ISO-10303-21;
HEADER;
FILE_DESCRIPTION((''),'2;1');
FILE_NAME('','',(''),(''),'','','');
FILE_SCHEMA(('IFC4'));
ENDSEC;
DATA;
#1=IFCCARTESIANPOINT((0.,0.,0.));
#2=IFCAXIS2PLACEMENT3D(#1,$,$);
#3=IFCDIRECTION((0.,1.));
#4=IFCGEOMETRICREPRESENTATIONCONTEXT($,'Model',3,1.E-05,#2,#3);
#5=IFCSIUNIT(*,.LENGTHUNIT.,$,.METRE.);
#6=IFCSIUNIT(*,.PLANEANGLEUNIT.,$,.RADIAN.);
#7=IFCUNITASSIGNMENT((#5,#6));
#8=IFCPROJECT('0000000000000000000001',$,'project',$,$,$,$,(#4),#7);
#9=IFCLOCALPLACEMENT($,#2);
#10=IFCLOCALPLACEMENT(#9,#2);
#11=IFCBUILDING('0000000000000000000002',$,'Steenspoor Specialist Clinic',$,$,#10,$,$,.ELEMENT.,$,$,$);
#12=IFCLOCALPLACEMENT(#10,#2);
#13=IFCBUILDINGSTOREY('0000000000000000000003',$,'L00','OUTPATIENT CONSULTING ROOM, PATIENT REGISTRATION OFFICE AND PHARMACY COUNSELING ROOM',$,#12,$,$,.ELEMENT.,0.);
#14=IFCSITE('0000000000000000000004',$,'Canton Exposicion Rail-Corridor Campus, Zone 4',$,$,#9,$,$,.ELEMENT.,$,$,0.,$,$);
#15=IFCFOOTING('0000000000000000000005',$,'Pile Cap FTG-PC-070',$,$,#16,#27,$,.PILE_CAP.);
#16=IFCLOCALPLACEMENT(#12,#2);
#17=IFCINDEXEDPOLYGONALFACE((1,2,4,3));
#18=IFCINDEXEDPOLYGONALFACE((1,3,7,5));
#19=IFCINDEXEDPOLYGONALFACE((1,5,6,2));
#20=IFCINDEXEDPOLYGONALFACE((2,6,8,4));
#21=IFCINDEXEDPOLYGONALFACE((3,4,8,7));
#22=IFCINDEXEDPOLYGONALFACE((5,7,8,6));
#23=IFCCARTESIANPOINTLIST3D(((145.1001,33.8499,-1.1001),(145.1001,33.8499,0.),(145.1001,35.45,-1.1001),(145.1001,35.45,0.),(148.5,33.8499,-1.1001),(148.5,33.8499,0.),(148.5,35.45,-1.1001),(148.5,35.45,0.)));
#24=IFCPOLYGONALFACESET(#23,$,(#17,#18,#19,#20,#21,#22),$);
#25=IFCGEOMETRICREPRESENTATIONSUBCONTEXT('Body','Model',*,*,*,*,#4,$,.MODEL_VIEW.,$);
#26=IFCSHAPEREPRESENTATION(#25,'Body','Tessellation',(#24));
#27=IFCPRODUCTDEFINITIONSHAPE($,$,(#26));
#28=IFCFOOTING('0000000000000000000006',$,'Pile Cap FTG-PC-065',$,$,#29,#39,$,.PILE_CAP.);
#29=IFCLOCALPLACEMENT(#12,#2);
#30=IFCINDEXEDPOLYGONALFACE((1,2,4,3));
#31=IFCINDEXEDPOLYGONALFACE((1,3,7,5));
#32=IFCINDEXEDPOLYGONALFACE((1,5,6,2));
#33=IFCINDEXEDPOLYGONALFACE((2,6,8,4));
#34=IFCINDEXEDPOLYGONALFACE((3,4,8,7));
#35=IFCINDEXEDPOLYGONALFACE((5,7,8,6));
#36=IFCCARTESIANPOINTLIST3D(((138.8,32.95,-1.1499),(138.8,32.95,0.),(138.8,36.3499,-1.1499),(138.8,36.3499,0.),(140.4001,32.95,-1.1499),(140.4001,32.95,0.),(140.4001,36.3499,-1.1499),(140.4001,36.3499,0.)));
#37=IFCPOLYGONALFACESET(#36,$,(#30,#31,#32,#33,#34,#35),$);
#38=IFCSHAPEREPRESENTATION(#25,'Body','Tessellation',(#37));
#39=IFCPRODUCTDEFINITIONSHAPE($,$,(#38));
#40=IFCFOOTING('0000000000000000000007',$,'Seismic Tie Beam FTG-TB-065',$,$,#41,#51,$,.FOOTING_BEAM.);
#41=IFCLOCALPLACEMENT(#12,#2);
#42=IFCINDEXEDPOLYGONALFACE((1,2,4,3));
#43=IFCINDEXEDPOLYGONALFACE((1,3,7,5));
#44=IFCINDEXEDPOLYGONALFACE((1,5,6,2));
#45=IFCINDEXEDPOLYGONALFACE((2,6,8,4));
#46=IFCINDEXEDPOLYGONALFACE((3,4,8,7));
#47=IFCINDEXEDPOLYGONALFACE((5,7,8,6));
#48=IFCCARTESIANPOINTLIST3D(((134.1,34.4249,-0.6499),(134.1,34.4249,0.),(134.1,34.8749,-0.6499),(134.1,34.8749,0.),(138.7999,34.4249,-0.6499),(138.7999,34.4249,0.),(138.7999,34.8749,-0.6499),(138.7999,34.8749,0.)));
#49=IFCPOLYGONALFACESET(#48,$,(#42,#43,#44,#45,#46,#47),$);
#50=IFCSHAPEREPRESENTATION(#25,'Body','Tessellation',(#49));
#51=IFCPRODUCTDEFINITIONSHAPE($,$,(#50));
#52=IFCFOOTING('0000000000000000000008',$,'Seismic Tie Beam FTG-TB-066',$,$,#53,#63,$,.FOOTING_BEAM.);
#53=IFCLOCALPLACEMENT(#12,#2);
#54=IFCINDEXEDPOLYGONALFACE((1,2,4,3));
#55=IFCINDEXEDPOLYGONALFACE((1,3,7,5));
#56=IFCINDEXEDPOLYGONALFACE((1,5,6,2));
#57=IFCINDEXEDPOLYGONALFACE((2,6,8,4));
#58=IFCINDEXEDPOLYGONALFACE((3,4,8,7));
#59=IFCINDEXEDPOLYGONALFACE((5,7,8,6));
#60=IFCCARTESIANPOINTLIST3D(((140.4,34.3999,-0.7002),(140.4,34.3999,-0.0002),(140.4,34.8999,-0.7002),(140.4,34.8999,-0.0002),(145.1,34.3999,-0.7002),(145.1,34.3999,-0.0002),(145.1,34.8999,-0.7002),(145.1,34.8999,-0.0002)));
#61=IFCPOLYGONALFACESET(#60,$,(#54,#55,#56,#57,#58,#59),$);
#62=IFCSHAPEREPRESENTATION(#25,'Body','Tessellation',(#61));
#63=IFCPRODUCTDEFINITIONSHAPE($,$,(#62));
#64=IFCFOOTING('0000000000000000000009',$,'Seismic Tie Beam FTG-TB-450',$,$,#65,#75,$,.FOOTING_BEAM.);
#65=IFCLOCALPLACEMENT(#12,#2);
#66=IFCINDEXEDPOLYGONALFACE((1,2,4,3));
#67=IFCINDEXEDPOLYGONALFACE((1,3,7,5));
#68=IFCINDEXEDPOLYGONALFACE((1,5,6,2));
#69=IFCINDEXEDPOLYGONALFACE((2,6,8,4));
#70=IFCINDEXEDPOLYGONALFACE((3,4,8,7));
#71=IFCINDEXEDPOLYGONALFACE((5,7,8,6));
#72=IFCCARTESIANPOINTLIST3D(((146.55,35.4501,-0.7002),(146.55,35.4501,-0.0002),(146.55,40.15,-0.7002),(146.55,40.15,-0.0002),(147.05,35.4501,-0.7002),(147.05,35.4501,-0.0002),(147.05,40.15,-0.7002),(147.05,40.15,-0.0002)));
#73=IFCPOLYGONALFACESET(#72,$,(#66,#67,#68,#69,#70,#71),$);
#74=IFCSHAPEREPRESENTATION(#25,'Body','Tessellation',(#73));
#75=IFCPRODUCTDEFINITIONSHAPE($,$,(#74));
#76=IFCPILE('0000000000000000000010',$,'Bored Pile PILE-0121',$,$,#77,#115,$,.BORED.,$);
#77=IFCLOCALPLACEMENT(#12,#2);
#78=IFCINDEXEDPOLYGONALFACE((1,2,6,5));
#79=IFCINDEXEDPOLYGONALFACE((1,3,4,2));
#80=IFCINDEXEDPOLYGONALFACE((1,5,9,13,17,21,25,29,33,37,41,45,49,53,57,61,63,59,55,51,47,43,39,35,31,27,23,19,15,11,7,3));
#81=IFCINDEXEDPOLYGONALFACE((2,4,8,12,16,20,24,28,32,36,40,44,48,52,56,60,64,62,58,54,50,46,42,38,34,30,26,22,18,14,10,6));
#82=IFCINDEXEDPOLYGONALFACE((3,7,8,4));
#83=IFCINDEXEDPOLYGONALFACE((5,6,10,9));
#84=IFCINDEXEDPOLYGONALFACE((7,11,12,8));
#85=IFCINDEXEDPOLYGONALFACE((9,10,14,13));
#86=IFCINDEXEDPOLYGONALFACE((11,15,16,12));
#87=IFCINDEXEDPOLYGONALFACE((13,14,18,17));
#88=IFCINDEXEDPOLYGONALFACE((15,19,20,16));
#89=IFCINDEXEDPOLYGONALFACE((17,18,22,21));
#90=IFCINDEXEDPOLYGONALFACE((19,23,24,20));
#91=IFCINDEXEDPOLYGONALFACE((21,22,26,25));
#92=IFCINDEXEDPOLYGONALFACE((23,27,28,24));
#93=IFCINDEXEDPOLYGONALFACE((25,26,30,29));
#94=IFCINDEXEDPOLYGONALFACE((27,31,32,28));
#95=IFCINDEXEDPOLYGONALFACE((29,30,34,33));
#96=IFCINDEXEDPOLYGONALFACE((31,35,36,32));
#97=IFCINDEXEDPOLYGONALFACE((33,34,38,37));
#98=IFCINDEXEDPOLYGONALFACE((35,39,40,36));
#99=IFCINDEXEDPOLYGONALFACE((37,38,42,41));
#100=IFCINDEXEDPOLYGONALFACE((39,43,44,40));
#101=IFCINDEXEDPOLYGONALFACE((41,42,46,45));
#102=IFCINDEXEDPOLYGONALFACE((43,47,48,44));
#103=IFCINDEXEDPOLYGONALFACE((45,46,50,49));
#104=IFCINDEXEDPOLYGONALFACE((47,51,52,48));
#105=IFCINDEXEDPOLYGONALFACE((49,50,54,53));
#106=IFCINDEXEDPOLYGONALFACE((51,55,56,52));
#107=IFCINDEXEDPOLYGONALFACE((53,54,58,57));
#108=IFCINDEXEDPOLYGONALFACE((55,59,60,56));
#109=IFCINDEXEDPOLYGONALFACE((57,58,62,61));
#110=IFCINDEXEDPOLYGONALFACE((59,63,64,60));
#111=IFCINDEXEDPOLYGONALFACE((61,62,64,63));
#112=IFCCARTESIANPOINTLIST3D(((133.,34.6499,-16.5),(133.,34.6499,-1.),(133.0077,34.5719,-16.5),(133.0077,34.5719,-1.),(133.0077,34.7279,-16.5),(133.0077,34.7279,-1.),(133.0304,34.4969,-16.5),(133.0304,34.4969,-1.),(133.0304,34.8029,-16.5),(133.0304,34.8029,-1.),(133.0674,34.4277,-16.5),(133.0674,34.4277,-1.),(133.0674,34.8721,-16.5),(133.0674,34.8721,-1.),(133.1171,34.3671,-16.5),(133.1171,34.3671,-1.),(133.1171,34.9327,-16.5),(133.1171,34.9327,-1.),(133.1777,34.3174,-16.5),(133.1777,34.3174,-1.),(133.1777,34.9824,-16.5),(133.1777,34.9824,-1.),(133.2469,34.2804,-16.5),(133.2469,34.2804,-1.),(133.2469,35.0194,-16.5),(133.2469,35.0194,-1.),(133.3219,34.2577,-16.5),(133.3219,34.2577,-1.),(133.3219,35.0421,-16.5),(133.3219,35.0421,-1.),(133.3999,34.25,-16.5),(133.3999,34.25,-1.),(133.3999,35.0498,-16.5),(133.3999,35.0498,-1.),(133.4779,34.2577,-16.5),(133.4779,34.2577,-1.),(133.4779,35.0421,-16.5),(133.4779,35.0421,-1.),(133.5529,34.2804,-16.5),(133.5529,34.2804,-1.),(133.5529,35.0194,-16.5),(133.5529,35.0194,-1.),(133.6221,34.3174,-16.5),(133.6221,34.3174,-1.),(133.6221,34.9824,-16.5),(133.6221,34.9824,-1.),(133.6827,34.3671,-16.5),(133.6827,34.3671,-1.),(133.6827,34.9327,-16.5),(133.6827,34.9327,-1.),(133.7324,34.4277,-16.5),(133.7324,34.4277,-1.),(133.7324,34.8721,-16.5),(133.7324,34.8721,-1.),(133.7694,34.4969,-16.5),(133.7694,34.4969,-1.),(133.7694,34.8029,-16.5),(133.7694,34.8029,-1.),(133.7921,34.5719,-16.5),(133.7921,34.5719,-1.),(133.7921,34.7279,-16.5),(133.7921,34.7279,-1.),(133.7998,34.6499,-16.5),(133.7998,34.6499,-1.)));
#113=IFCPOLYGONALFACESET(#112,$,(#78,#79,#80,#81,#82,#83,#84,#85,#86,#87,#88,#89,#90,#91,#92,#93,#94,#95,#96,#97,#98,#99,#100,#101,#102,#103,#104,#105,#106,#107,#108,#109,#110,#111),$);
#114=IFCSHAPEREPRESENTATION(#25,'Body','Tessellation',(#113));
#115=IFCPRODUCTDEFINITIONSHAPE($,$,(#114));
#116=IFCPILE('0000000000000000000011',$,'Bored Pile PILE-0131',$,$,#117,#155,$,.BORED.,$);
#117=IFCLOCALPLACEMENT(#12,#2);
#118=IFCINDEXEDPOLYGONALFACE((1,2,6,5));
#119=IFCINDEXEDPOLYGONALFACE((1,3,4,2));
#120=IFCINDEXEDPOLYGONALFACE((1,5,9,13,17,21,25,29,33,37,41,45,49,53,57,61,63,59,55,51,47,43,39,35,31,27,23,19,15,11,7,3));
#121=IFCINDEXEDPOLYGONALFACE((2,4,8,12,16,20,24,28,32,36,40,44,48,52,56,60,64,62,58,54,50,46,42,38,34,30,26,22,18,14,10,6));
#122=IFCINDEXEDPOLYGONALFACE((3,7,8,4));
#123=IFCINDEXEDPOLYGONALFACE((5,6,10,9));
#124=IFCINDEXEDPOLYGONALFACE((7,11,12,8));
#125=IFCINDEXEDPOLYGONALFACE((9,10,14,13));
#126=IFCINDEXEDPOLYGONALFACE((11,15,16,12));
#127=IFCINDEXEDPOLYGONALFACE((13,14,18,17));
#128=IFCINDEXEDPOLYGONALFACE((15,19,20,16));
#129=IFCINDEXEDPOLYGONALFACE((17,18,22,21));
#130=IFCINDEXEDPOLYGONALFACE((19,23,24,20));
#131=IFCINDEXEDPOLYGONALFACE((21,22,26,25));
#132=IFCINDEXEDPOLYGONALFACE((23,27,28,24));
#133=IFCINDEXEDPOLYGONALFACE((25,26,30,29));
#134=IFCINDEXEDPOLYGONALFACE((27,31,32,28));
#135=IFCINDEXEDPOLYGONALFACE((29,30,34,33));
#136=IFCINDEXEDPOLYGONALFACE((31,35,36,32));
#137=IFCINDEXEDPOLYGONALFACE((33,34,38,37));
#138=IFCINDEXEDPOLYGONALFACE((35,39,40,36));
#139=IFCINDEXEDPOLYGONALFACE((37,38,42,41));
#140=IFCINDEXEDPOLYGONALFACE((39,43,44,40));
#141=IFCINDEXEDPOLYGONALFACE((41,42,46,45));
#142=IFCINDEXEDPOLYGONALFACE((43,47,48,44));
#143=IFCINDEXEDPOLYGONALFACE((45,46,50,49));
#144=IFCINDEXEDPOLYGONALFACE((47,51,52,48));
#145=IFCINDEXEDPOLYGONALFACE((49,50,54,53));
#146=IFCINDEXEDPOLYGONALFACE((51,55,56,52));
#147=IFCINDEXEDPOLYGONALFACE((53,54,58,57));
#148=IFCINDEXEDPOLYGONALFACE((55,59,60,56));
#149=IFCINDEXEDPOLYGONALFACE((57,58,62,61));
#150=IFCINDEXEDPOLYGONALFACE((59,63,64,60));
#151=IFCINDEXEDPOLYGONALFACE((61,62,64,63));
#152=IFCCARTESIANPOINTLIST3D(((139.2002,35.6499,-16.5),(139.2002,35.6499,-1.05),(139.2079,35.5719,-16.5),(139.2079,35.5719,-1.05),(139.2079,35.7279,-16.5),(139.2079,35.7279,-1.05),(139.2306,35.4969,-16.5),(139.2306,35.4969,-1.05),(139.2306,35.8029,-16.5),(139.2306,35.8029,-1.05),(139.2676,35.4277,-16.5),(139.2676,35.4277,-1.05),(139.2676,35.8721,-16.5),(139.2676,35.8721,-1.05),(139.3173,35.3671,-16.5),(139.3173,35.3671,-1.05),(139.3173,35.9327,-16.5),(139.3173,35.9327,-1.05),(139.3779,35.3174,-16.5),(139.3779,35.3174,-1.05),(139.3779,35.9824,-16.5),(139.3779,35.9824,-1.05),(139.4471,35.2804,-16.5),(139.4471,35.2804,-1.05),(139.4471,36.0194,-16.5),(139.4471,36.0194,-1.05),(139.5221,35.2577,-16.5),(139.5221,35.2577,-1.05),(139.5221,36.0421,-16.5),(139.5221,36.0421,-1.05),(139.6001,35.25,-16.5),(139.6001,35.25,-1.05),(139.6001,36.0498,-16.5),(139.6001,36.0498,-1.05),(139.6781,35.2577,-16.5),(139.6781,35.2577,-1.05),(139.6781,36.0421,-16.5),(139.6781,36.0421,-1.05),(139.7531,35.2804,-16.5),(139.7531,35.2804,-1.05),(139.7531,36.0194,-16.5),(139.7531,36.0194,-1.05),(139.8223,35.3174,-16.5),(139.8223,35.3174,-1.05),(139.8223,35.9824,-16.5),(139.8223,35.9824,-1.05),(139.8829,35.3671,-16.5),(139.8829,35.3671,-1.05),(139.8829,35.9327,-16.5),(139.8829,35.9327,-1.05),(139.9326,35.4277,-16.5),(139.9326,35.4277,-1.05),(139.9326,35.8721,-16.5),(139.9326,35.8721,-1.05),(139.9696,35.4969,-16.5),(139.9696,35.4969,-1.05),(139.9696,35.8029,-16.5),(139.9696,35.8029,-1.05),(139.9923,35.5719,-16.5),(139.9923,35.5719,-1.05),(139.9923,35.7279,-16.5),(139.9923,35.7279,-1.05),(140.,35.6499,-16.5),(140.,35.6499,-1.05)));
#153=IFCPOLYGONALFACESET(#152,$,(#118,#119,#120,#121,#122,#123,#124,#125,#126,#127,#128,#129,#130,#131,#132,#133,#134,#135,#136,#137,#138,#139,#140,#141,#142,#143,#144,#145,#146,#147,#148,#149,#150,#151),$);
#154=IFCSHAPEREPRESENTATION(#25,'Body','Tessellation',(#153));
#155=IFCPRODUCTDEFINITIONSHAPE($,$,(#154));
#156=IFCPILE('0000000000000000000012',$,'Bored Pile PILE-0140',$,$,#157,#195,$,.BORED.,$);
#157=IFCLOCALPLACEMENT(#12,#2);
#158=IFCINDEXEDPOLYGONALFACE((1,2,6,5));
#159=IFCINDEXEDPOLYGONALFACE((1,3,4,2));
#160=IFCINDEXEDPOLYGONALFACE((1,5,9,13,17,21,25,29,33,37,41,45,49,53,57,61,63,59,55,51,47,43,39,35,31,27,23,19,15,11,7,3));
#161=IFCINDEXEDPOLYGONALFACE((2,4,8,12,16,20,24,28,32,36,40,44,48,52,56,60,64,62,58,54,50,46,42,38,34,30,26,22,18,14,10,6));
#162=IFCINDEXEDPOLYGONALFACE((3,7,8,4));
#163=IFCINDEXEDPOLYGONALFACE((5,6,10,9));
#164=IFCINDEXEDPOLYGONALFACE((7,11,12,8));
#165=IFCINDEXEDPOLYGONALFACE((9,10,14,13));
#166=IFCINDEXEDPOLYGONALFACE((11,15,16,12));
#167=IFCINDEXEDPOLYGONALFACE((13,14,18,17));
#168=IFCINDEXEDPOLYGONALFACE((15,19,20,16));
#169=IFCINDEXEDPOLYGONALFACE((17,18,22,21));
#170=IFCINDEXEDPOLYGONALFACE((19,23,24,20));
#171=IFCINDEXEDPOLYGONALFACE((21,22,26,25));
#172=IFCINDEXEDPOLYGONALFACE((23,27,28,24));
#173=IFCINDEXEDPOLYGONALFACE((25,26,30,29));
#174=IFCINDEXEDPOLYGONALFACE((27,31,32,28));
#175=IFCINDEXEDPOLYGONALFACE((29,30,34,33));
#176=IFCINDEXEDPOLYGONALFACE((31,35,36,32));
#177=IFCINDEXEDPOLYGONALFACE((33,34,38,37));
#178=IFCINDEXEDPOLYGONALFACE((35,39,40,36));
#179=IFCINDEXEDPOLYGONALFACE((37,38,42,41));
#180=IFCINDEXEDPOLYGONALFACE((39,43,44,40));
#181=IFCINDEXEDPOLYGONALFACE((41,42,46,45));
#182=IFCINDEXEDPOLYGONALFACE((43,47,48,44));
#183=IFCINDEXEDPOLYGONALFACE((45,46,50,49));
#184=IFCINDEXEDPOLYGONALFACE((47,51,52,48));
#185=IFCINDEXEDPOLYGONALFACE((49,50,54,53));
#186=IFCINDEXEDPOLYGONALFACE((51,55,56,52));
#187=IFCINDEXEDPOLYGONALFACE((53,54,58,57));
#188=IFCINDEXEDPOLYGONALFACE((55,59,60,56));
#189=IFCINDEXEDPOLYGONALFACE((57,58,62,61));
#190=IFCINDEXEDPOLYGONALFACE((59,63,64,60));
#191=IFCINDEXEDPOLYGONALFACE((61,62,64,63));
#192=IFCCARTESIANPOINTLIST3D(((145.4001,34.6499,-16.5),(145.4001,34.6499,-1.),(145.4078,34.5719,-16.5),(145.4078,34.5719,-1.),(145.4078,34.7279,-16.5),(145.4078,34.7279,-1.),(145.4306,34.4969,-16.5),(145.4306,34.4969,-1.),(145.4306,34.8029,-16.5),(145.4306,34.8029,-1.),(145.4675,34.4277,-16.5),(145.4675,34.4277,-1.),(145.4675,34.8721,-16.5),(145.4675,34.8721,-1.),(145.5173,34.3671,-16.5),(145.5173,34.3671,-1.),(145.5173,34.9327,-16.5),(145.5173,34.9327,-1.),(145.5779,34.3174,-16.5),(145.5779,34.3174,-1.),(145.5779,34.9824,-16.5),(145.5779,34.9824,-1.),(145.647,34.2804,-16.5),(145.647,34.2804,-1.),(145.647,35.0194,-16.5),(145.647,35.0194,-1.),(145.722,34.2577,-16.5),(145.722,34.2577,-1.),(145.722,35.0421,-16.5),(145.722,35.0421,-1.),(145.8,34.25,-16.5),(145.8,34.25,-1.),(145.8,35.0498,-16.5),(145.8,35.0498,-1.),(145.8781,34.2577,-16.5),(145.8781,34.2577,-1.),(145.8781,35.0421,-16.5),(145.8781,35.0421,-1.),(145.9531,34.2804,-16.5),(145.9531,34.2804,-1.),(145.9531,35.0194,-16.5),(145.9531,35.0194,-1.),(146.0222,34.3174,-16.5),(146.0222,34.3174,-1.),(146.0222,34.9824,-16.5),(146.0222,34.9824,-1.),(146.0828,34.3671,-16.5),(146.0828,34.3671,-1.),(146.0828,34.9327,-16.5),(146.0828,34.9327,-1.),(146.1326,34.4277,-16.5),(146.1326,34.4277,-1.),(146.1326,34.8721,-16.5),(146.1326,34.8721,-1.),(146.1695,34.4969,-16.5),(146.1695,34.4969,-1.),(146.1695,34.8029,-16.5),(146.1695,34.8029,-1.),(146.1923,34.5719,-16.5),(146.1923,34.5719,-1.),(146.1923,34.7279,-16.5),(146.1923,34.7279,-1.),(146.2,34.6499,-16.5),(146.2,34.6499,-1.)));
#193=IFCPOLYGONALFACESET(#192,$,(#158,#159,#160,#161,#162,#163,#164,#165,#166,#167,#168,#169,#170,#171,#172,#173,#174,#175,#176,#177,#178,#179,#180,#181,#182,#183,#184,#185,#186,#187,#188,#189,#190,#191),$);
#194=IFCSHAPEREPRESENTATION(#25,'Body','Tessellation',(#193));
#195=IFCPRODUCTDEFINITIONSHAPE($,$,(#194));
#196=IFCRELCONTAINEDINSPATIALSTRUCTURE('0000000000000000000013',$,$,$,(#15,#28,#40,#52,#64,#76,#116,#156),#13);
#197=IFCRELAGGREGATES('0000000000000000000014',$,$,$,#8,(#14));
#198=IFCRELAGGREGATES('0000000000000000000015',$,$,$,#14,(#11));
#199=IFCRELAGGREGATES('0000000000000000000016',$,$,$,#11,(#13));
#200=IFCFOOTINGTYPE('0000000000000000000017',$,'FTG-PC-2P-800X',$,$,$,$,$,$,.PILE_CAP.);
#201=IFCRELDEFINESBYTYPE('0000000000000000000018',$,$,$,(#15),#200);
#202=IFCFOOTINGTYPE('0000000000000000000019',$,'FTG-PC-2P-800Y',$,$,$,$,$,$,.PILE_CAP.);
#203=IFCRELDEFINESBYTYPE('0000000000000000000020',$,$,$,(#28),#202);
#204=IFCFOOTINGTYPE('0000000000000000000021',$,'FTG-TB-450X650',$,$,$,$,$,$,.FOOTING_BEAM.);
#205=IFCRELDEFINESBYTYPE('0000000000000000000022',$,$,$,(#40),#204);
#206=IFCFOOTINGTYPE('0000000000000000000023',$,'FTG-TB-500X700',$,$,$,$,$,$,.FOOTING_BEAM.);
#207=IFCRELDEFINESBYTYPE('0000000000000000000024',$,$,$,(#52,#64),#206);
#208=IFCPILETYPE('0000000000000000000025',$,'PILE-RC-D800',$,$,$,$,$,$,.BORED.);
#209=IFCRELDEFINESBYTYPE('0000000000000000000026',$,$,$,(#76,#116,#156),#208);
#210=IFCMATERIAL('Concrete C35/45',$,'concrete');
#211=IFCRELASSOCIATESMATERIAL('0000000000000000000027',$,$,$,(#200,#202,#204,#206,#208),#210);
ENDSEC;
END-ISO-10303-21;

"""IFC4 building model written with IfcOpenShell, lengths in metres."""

from ifc_helpers import new_model, si_unit, direction, frame, origin, origin_2d, place, context, subcontext, project, spatial, rectangle, circle, extrude, material, material_profile, profile_set, type_object, element, save


model = new_model("IFC4")

# Units and contexts
model_context = context("Model", 3, precision=1e-05, world=origin(), true_north=direction((0.0, 1.0)))
body_context = subcontext(model_context, "Body", "Model", "MODEL_VIEW")
ifc_project = project(units=[si_unit("LENGTHUNIT", "METRE"), si_unit("PLANEANGLEUNIT", "RADIAN")], contexts=[model_context])

# Site, building, storey
site_placement = place(None, origin())
site = spatial("IfcSite", under=ifc_project, at=site_placement, Name="Canton Exposicion Rail-Corridor Campus, Zone 4", CompositionType="ELEMENT", RefElevation=0.0)
building_placement = place(site_placement, origin())
building = spatial("IfcBuilding", under=site, at=building_placement, Name="Steenspoor Specialist Clinic", CompositionType="ELEMENT")
storey_placement = place(building_placement, origin())
storey = spatial("IfcBuildingStorey", under=building, at=storey_placement, Name="L00", Description="OUTPATIENT CONSULTING ROOM, PATIENT REGISTRATION OFFICE AND PHARMACY COUNSELING ROOM", CompositionType="ELEMENT", Elevation=0.0)

# Footings
ifc_material_1 = material(Name="Concrete C35/45", Category="concrete")
footing_type_1 = type_object("IfcFootingType", Name="FTG-PC-2P-800X", PredefinedType="PILE_CAP", material=ifc_material_1)
footing_1_placement = place(storey_placement, frame((146.8, 34.6499, -1.1001), z_axis=(0.0, 0.0, 1.0), x_axis=(1.0, 0.0, 0.0)))
element("IfcFooting", 1, at=footing_1_placement, inside=storey, type_object=footing_type_1, Name="Pile Cap FTG-PC-070", PredefinedType="PILE_CAP", context=body_context, shape_type="SweptSolid", body=[
    extrude(rectangle(XDim=3.3999, YDim=1.6001, at=origin_2d()), origin(), (0.0, 0.0, 1.0), 1.1001),
])
footing_type_2 = type_object("IfcFootingType", Name="FTG-PC-2P-800Y", PredefinedType="PILE_CAP", material=ifc_material_1)
footing_2_placement = place(storey_placement, frame((139.6001, 34.6499, -1.1499), z_axis=(0.0, 0.0, 1.0), x_axis=(1.0, 0.0, 0.0)))
element("IfcFooting", 2, at=footing_2_placement, inside=storey, type_object=footing_type_2, Name="Pile Cap FTG-PC-065", PredefinedType="PILE_CAP", context=body_context, shape_type="SweptSolid", body=[
    extrude(rectangle(XDim=1.6001, YDim=3.3999, at=origin_2d()), origin(), (0.0, 0.0, 1.0), 1.1499),
])
footing_type_3 = type_object("IfcFootingType", Name="FTG-TB-450X650", PredefinedType="FOOTING_BEAM", material=ifc_material_1)
footing_3_placement = place(storey_placement, frame((136.45, 34.6499, -0.6499), z_axis=(0.0, 0.0, 1.0), x_axis=(1.0, 0.0, 0.0)))
element("IfcFooting", 3, at=footing_3_placement, inside=storey, type_object=footing_type_3, Name="Seismic Tie Beam FTG-TB-065", PredefinedType="FOOTING_BEAM", context=body_context, shape_type="SweptSolid", body=[
    extrude(rectangle(XDim=4.7, YDim=0.45, at=origin_2d()), origin(), (0.0, 0.0, 1.0), 0.6499),
])
footing_type_4 = type_object("IfcFootingType", Name="FTG-TB-500X700", PredefinedType="FOOTING_BEAM", material=ifc_material_1)
footing_4_placement = place(storey_placement, frame((142.75, 34.6499, -0.7002), z_axis=(0.0, 0.0, 1.0), x_axis=(1.0, 0.0, 0.0)))
element("IfcFooting", 4, at=footing_4_placement, inside=storey, type_object=footing_type_4, Name="Seismic Tie Beam FTG-TB-066", PredefinedType="FOOTING_BEAM", context=body_context, shape_type="SweptSolid", body=[
    extrude(rectangle(XDim=4.7, YDim=0.5, at=origin_2d()), origin(), (0.0, 0.0, 1.0), 0.7),
])
footing_5_placement = place(storey_placement, frame((146.8, 37.8, -0.7002), z_axis=(0.0, 0.0, 1.0), x_axis=(1.0, 0.0, 0.0)))
element("IfcFooting", 5, at=footing_5_placement, inside=storey, type_object=footing_type_4, Name="Seismic Tie Beam FTG-TB-450", PredefinedType="FOOTING_BEAM", context=body_context, shape_type="SweptSolid", body=[
    extrude(rectangle(XDim=0.5, YDim=4.7, at=origin_2d()), origin(), (0.0, 0.0, 1.0), 0.7),
])

# Piles
ifc_material_profile_1 = material_profile(ifc_material_1, circle(Radius=0.3999, at=origin_2d()), Name="PILE-D800")
ifc_profile_set_1 = profile_set([ifc_material_profile_1], Name="Concrete C35/45")
pile_type = type_object("IfcPileType", Name="PILE-RC-D800", PredefinedType="BORED", material=ifc_profile_set_1)
pile_1_placement = place(storey_placement, frame((133.3999, 34.6499, -1.0), z_axis=(0.0, 0.0, -1.0), x_axis=(1.0, 0.0, 0.0)))
element("IfcPile", 6, at=pile_1_placement, inside=storey, type_object=pile_type, Name="Bored Pile PILE-0121", PredefinedType="BORED", context=body_context, shape_type="SweptSolid", body=[
    extrude(circle(Radius=0.3999, at=origin_2d()), origin(), (0.0, 0.0, 1.0), 15.5),
])
pile_2_placement = place(storey_placement, frame((139.6001, 35.6499, -1.05), z_axis=(0.0, 0.0, -1.0), x_axis=(1.0, 0.0, 0.0)))
element("IfcPile", 7, at=pile_2_placement, inside=storey, type_object=pile_type, Name="Bored Pile PILE-0131", PredefinedType="BORED", context=body_context, shape_type="SweptSolid", body=[
    extrude(circle(Radius=0.3999, at=origin_2d()), origin(), (0.0, 0.0, 1.0), 15.45),
])
pile_3_placement = place(storey_placement, frame((145.8, 34.6499, -1.0), z_axis=(0.0, 0.0, -1.0), x_axis=(1.0, 0.0, 0.0)))
element("IfcPile", 8, at=pile_3_placement, inside=storey, type_object=pile_type, Name="Bored Pile PILE-0140", PredefinedType="BORED", context=body_context, shape_type="SweptSolid", body=[
    extrude(circle(Radius=0.3999, at=origin_2d()), origin(), (0.0, 0.0, 1.0), 15.5),
])

save(model, "model.ifc")
